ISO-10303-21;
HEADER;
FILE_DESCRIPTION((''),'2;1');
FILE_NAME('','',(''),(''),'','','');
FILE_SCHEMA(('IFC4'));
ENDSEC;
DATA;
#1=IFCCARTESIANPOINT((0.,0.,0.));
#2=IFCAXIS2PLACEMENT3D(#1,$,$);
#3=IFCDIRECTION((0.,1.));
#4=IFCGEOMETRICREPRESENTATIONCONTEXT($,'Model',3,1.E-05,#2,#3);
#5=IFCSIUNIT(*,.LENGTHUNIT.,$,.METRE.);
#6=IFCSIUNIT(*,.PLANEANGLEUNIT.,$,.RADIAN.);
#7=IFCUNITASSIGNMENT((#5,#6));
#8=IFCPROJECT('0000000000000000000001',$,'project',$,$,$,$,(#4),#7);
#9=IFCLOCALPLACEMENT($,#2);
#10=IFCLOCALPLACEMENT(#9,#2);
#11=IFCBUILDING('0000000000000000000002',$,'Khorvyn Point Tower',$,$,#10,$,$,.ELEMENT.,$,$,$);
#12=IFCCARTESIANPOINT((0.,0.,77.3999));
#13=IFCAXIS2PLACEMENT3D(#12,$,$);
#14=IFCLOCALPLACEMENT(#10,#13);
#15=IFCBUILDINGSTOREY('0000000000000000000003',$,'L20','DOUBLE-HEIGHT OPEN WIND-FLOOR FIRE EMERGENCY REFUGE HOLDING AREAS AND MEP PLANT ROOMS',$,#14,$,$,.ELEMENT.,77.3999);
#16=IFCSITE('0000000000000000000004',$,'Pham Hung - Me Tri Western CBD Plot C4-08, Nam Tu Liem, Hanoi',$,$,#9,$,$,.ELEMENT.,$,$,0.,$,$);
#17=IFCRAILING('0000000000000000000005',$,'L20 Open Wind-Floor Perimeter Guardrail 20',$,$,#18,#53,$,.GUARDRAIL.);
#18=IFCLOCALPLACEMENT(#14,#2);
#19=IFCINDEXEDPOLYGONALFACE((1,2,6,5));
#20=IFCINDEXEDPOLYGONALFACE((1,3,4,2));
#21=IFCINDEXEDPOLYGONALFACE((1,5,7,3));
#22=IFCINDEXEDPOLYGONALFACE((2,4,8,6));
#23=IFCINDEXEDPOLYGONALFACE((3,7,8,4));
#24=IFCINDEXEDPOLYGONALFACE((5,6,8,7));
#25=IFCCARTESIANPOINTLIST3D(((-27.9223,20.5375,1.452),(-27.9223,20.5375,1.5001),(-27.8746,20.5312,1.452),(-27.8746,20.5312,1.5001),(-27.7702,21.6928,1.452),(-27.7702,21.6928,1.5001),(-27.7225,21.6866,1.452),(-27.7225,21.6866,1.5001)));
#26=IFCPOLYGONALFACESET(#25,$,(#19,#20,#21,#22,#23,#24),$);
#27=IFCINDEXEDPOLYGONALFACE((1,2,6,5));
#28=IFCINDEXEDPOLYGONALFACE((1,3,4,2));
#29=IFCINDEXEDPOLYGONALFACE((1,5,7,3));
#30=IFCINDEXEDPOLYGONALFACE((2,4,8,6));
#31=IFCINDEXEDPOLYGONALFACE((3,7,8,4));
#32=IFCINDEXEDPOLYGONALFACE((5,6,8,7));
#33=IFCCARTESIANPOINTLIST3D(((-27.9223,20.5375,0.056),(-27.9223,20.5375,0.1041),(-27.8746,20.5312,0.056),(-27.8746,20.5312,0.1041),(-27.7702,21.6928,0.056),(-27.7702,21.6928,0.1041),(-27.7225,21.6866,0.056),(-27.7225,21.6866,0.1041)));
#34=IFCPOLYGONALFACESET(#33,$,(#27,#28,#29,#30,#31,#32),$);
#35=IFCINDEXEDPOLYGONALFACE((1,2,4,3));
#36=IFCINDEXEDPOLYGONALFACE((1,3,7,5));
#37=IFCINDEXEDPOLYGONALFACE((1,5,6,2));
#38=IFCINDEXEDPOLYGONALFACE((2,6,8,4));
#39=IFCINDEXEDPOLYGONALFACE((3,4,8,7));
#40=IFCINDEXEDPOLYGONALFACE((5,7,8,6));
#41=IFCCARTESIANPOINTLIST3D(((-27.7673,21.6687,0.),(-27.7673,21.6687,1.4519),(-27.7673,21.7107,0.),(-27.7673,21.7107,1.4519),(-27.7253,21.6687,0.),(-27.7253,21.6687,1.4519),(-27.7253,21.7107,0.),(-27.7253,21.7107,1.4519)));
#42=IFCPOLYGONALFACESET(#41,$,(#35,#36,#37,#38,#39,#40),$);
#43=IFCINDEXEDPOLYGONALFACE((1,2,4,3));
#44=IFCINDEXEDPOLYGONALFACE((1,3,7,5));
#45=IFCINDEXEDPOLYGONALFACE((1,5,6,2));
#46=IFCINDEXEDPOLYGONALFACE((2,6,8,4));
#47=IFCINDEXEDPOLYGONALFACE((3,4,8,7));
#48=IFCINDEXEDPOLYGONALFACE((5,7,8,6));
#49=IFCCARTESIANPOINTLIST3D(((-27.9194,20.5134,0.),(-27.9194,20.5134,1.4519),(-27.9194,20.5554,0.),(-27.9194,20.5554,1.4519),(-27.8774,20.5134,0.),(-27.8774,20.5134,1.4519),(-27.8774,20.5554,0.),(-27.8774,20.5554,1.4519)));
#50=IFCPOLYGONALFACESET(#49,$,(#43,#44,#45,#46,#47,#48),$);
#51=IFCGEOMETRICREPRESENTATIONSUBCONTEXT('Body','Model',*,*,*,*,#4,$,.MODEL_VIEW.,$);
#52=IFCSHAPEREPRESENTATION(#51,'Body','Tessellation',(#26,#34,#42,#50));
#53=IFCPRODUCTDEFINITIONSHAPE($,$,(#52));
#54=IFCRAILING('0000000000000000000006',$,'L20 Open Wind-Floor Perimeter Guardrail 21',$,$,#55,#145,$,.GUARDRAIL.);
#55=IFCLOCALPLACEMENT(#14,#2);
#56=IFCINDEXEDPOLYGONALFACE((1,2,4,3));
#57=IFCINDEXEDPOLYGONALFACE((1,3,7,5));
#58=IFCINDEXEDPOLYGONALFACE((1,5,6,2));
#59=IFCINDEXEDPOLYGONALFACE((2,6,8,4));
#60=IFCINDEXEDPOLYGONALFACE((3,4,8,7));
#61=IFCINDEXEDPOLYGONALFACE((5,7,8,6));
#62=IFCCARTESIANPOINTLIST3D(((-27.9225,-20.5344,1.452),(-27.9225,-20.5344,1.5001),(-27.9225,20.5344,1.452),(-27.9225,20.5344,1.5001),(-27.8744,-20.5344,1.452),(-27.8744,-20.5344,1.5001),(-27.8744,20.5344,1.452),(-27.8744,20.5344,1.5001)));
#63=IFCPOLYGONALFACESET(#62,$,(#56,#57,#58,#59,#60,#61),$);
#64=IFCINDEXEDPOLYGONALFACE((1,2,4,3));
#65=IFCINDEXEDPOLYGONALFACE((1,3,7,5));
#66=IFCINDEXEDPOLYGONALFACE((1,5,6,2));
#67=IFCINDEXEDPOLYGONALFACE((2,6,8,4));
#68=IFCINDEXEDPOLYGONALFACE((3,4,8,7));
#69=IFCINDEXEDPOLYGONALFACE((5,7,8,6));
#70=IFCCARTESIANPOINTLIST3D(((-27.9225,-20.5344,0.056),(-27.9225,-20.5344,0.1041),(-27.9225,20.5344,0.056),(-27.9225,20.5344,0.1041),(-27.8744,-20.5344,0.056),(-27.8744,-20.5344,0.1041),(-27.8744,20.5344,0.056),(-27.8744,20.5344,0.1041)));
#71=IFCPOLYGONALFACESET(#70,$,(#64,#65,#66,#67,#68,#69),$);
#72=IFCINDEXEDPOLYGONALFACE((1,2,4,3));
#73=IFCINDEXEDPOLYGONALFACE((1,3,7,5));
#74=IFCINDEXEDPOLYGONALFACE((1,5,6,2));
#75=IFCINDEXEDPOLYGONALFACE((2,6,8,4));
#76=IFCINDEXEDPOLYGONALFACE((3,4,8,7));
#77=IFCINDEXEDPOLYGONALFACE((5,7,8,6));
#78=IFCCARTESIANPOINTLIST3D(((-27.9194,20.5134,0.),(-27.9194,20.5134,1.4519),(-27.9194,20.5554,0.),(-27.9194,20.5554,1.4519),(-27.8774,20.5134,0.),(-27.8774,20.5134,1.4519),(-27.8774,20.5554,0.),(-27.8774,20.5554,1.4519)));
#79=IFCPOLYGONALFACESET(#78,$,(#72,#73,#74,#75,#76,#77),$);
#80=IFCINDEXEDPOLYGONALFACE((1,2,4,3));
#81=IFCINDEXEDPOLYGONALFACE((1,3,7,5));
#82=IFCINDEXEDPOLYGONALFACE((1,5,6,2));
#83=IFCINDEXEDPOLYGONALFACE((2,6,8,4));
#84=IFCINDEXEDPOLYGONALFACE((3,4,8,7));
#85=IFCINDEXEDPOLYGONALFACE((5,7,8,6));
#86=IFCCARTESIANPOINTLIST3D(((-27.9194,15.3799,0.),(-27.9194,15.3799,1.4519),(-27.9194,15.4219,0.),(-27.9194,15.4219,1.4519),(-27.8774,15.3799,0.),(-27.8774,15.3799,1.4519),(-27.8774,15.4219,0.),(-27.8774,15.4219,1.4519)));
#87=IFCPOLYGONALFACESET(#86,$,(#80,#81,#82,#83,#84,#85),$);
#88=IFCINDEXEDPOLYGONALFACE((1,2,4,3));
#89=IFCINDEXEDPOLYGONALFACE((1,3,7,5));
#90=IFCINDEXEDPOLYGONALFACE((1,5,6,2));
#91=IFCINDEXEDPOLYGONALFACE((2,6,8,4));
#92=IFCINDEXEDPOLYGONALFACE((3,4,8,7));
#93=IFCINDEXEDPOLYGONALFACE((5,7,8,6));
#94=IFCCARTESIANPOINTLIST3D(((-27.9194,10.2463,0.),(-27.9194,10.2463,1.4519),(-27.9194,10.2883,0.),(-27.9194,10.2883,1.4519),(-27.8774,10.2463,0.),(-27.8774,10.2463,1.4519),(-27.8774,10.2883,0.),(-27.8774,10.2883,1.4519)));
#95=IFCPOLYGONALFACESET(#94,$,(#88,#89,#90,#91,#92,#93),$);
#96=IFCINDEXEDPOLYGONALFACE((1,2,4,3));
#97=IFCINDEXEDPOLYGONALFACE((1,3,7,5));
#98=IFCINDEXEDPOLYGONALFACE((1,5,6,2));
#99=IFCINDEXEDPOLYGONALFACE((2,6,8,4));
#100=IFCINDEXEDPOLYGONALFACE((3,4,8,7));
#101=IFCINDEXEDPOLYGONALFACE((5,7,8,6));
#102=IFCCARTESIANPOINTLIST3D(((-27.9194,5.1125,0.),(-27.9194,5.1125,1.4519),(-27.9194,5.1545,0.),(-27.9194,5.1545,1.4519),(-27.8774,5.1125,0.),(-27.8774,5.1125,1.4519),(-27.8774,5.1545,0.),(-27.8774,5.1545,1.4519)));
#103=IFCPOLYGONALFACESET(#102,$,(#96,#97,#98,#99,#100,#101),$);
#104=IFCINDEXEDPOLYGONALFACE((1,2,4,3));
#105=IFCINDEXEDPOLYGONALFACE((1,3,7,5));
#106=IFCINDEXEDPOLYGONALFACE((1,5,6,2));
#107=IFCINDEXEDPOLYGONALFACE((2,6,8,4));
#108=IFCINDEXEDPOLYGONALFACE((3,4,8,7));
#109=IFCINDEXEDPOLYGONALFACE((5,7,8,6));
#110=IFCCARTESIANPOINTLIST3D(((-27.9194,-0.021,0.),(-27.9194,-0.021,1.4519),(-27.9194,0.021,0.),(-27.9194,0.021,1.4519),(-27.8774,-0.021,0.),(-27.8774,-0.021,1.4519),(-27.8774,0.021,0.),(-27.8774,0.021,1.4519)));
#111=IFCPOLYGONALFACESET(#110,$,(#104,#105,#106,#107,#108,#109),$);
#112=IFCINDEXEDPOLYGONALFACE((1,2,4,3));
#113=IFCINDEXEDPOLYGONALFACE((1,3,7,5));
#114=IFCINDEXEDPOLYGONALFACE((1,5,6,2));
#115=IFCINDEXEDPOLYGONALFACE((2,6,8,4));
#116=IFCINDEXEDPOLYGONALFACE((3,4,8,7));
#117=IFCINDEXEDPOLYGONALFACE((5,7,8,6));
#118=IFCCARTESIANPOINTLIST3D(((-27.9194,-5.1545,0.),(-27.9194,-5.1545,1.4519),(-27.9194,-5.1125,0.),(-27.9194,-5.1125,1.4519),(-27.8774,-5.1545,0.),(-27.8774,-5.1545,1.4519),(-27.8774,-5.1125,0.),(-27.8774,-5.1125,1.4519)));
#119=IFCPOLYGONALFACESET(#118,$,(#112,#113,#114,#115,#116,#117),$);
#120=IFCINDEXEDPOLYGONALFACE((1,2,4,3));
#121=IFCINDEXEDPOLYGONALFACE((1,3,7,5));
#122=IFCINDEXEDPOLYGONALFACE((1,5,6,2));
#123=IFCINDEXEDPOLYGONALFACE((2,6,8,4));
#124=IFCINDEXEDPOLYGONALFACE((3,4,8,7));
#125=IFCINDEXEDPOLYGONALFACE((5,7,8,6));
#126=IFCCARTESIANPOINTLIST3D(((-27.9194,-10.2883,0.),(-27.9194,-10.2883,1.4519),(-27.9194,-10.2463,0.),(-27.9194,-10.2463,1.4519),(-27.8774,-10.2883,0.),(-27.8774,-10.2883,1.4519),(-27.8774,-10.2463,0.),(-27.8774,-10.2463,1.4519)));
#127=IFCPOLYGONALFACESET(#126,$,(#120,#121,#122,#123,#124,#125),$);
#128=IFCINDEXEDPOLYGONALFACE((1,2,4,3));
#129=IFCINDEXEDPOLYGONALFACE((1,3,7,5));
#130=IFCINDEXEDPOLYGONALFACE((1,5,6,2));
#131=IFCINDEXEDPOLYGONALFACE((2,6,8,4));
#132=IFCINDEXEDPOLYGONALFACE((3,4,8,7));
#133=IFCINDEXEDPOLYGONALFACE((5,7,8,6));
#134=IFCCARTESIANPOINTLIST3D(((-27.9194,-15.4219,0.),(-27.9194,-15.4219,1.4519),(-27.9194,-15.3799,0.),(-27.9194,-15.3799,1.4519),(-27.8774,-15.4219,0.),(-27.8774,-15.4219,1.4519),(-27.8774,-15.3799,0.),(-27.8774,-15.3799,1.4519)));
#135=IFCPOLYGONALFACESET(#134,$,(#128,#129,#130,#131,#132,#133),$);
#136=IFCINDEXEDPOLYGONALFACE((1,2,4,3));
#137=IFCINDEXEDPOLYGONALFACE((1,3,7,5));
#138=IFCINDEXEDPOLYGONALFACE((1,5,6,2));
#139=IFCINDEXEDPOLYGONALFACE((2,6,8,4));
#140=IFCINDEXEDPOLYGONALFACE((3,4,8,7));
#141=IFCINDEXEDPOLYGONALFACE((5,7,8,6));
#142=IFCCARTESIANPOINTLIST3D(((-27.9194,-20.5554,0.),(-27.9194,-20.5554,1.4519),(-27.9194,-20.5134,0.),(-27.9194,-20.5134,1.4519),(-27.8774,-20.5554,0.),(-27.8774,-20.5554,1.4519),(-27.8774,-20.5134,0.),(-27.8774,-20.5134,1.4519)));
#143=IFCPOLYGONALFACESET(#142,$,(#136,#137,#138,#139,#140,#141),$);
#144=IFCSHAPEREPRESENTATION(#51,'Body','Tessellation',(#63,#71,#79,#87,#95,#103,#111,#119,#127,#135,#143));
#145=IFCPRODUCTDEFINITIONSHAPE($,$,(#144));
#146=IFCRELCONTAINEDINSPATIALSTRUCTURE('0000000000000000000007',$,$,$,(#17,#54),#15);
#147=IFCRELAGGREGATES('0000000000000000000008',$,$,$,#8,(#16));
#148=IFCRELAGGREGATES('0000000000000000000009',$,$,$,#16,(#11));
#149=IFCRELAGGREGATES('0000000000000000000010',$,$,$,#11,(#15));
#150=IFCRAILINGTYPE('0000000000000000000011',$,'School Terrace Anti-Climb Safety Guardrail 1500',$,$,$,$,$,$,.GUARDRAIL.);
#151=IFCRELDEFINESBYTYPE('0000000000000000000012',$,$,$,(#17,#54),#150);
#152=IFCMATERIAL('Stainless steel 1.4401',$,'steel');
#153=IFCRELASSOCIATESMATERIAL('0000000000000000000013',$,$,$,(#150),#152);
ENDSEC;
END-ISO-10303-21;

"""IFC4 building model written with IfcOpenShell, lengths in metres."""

from ifc_helpers import new_model, si_unit, direction, frame, origin, origin_2d, place, context, subcontext, project, spatial, rectangle, extrude, material, type_object, element, save


model = new_model("IFC4")

# Units and contexts
model_context = context("Model", 3, precision=1e-05, world=origin(), true_north=direction((0.0, 1.0)))
body_context = subcontext(model_context, "Body", "Model", "MODEL_VIEW")
ifc_project = project(units=[si_unit("LENGTHUNIT", "METRE"), si_unit("PLANEANGLEUNIT", "RADIAN")], contexts=[model_context])

# Site, building, storey
site_placement = place(None, origin())
site = spatial("IfcSite", under=ifc_project, at=site_placement, Name="Pham Hung - Me Tri Western CBD Plot C4-08, Nam Tu Liem, Hanoi", CompositionType="ELEMENT", RefElevation=0.0)
building_placement = place(site_placement, origin())
building = spatial("IfcBuilding", under=site, at=building_placement, Name="Khorvyn Point Tower", CompositionType="ELEMENT")
storey_placement = place(building_placement, frame((0.0, 0.0, 77.3999)))
storey = spatial("IfcBuildingStorey", under=building, at=storey_placement, Name="L20", Description="DOUBLE-HEIGHT OPEN WIND-FLOOR FIRE EMERGENCY REFUGE HOLDING AREAS AND MEP PLANT ROOMS", CompositionType="ELEMENT", Elevation=77.3999)

# Railings
ifc_material_1 = material(Name="Stainless steel 1.4401", Category="steel")
railing_type = type_object("IfcRailingType", Name="School Terrace Anti-Climb Safety Guardrail 1500", PredefinedType="GUARDRAIL", material=ifc_material_1)
railing_1_placement = place(storey_placement, frame((-27.7463, 21.6897, 0.0)))
element("IfcRailing", 1, at=railing_1_placement, inside=storey, type_object=railing_type, Name="L20 Open Wind-Floor Perimeter Guardrail 20", PredefinedType="GUARDRAIL", context=body_context, shape_type="SweptSolid", body=[
    extrude(rectangle(XDim=0.0481, YDim=0.0481, at=origin_2d()), frame((0.0, 0.0, 1.4761), z_axis=(-0.13053, -0.991444, 0.0), x_axis=(0.991444, -0.13053, 0.0)), (0.0, 0.0, 1.0), 1.1653),
    extrude(rectangle(XDim=0.0481, YDim=0.0481, at=origin_2d()), frame((0.0, 0.0, 0.0801), z_axis=(-0.13053, -0.991444, 0.0), x_axis=(0.991444, -0.13053, 0.0)), (0.0, 0.0, 1.0), 1.1653),
    extrude(rectangle(XDim=0.042, YDim=0.042, at=origin_2d()), origin(), (0.0, 0.0, 1.0), 1.4519),
    extrude(rectangle(XDim=0.042, YDim=0.042, at=origin_2d()), frame((-0.1521, -1.1553, 0.0)), (0.0, 0.0, 1.0), 1.4519),
])
railing_2_placement = place(storey_placement, frame((-27.8984, 20.5344, 0.0)))
element("IfcRailing", 2, at=railing_2_placement, inside=storey, type_object=railing_type, Name="L20 Open Wind-Floor Perimeter Guardrail 21", PredefinedType="GUARDRAIL", context=body_context, shape_type="SweptSolid", body=[
    extrude(rectangle(XDim=0.0481, YDim=0.0481, at=origin_2d()), frame((0.0, 0.0, 1.4761), z_axis=(0.0, -1.0, 0.0), x_axis=(1.0, 0.0, 0.0)), (0.0, 0.0, 1.0), 41.0688),
    extrude(rectangle(XDim=0.0481, YDim=0.0481, at=origin_2d()), frame((0.0, 0.0, 0.0801), z_axis=(0.0, -1.0, 0.0), x_axis=(1.0, 0.0, 0.0)), (0.0, 0.0, 1.0), 41.0688),
    extrude(rectangle(XDim=0.042, YDim=0.042, at=origin_2d()), origin(), (0.0, 0.0, 1.0), 1.4519),
    extrude(rectangle(XDim=0.042, YDim=0.042, at=origin_2d()), frame((0.0, -5.1335, 0.0)), (0.0, 0.0, 1.0), 1.4519),
    extrude(rectangle(XDim=0.042, YDim=0.042, at=origin_2d()), frame((0.0, -10.2671, 0.0)), (0.0, 0.0, 1.0), 1.4519),
    extrude(rectangle(XDim=0.042, YDim=0.042, at=origin_2d()), frame((0.0, -15.4009, 0.0)), (0.0, 0.0, 1.0), 1.4519),
    extrude(rectangle(XDim=0.042, YDim=0.042, at=origin_2d()), frame((0.0, -20.5344, 0.0)), (0.0, 0.0, 1.0), 1.4519),
    extrude(rectangle(XDim=0.042, YDim=0.042, at=origin_2d()), frame((0.0, -25.668, 0.0)), (0.0, 0.0, 1.0), 1.4519),
    extrude(rectangle(XDim=0.042, YDim=0.042, at=origin_2d()), frame((0.0, -30.8018, 0.0)), (0.0, 0.0, 1.0), 1.4519),
    extrude(rectangle(XDim=0.042, YDim=0.042, at=origin_2d()), frame((0.0, -35.9353, 0.0)), (0.0, 0.0, 1.0), 1.4519),
    extrude(rectangle(XDim=0.042, YDim=0.042, at=origin_2d()), frame((0.0, -41.0688, 0.0)), (0.0, 0.0, 1.0), 1.4519),
])

save(model, "model.ifc")
